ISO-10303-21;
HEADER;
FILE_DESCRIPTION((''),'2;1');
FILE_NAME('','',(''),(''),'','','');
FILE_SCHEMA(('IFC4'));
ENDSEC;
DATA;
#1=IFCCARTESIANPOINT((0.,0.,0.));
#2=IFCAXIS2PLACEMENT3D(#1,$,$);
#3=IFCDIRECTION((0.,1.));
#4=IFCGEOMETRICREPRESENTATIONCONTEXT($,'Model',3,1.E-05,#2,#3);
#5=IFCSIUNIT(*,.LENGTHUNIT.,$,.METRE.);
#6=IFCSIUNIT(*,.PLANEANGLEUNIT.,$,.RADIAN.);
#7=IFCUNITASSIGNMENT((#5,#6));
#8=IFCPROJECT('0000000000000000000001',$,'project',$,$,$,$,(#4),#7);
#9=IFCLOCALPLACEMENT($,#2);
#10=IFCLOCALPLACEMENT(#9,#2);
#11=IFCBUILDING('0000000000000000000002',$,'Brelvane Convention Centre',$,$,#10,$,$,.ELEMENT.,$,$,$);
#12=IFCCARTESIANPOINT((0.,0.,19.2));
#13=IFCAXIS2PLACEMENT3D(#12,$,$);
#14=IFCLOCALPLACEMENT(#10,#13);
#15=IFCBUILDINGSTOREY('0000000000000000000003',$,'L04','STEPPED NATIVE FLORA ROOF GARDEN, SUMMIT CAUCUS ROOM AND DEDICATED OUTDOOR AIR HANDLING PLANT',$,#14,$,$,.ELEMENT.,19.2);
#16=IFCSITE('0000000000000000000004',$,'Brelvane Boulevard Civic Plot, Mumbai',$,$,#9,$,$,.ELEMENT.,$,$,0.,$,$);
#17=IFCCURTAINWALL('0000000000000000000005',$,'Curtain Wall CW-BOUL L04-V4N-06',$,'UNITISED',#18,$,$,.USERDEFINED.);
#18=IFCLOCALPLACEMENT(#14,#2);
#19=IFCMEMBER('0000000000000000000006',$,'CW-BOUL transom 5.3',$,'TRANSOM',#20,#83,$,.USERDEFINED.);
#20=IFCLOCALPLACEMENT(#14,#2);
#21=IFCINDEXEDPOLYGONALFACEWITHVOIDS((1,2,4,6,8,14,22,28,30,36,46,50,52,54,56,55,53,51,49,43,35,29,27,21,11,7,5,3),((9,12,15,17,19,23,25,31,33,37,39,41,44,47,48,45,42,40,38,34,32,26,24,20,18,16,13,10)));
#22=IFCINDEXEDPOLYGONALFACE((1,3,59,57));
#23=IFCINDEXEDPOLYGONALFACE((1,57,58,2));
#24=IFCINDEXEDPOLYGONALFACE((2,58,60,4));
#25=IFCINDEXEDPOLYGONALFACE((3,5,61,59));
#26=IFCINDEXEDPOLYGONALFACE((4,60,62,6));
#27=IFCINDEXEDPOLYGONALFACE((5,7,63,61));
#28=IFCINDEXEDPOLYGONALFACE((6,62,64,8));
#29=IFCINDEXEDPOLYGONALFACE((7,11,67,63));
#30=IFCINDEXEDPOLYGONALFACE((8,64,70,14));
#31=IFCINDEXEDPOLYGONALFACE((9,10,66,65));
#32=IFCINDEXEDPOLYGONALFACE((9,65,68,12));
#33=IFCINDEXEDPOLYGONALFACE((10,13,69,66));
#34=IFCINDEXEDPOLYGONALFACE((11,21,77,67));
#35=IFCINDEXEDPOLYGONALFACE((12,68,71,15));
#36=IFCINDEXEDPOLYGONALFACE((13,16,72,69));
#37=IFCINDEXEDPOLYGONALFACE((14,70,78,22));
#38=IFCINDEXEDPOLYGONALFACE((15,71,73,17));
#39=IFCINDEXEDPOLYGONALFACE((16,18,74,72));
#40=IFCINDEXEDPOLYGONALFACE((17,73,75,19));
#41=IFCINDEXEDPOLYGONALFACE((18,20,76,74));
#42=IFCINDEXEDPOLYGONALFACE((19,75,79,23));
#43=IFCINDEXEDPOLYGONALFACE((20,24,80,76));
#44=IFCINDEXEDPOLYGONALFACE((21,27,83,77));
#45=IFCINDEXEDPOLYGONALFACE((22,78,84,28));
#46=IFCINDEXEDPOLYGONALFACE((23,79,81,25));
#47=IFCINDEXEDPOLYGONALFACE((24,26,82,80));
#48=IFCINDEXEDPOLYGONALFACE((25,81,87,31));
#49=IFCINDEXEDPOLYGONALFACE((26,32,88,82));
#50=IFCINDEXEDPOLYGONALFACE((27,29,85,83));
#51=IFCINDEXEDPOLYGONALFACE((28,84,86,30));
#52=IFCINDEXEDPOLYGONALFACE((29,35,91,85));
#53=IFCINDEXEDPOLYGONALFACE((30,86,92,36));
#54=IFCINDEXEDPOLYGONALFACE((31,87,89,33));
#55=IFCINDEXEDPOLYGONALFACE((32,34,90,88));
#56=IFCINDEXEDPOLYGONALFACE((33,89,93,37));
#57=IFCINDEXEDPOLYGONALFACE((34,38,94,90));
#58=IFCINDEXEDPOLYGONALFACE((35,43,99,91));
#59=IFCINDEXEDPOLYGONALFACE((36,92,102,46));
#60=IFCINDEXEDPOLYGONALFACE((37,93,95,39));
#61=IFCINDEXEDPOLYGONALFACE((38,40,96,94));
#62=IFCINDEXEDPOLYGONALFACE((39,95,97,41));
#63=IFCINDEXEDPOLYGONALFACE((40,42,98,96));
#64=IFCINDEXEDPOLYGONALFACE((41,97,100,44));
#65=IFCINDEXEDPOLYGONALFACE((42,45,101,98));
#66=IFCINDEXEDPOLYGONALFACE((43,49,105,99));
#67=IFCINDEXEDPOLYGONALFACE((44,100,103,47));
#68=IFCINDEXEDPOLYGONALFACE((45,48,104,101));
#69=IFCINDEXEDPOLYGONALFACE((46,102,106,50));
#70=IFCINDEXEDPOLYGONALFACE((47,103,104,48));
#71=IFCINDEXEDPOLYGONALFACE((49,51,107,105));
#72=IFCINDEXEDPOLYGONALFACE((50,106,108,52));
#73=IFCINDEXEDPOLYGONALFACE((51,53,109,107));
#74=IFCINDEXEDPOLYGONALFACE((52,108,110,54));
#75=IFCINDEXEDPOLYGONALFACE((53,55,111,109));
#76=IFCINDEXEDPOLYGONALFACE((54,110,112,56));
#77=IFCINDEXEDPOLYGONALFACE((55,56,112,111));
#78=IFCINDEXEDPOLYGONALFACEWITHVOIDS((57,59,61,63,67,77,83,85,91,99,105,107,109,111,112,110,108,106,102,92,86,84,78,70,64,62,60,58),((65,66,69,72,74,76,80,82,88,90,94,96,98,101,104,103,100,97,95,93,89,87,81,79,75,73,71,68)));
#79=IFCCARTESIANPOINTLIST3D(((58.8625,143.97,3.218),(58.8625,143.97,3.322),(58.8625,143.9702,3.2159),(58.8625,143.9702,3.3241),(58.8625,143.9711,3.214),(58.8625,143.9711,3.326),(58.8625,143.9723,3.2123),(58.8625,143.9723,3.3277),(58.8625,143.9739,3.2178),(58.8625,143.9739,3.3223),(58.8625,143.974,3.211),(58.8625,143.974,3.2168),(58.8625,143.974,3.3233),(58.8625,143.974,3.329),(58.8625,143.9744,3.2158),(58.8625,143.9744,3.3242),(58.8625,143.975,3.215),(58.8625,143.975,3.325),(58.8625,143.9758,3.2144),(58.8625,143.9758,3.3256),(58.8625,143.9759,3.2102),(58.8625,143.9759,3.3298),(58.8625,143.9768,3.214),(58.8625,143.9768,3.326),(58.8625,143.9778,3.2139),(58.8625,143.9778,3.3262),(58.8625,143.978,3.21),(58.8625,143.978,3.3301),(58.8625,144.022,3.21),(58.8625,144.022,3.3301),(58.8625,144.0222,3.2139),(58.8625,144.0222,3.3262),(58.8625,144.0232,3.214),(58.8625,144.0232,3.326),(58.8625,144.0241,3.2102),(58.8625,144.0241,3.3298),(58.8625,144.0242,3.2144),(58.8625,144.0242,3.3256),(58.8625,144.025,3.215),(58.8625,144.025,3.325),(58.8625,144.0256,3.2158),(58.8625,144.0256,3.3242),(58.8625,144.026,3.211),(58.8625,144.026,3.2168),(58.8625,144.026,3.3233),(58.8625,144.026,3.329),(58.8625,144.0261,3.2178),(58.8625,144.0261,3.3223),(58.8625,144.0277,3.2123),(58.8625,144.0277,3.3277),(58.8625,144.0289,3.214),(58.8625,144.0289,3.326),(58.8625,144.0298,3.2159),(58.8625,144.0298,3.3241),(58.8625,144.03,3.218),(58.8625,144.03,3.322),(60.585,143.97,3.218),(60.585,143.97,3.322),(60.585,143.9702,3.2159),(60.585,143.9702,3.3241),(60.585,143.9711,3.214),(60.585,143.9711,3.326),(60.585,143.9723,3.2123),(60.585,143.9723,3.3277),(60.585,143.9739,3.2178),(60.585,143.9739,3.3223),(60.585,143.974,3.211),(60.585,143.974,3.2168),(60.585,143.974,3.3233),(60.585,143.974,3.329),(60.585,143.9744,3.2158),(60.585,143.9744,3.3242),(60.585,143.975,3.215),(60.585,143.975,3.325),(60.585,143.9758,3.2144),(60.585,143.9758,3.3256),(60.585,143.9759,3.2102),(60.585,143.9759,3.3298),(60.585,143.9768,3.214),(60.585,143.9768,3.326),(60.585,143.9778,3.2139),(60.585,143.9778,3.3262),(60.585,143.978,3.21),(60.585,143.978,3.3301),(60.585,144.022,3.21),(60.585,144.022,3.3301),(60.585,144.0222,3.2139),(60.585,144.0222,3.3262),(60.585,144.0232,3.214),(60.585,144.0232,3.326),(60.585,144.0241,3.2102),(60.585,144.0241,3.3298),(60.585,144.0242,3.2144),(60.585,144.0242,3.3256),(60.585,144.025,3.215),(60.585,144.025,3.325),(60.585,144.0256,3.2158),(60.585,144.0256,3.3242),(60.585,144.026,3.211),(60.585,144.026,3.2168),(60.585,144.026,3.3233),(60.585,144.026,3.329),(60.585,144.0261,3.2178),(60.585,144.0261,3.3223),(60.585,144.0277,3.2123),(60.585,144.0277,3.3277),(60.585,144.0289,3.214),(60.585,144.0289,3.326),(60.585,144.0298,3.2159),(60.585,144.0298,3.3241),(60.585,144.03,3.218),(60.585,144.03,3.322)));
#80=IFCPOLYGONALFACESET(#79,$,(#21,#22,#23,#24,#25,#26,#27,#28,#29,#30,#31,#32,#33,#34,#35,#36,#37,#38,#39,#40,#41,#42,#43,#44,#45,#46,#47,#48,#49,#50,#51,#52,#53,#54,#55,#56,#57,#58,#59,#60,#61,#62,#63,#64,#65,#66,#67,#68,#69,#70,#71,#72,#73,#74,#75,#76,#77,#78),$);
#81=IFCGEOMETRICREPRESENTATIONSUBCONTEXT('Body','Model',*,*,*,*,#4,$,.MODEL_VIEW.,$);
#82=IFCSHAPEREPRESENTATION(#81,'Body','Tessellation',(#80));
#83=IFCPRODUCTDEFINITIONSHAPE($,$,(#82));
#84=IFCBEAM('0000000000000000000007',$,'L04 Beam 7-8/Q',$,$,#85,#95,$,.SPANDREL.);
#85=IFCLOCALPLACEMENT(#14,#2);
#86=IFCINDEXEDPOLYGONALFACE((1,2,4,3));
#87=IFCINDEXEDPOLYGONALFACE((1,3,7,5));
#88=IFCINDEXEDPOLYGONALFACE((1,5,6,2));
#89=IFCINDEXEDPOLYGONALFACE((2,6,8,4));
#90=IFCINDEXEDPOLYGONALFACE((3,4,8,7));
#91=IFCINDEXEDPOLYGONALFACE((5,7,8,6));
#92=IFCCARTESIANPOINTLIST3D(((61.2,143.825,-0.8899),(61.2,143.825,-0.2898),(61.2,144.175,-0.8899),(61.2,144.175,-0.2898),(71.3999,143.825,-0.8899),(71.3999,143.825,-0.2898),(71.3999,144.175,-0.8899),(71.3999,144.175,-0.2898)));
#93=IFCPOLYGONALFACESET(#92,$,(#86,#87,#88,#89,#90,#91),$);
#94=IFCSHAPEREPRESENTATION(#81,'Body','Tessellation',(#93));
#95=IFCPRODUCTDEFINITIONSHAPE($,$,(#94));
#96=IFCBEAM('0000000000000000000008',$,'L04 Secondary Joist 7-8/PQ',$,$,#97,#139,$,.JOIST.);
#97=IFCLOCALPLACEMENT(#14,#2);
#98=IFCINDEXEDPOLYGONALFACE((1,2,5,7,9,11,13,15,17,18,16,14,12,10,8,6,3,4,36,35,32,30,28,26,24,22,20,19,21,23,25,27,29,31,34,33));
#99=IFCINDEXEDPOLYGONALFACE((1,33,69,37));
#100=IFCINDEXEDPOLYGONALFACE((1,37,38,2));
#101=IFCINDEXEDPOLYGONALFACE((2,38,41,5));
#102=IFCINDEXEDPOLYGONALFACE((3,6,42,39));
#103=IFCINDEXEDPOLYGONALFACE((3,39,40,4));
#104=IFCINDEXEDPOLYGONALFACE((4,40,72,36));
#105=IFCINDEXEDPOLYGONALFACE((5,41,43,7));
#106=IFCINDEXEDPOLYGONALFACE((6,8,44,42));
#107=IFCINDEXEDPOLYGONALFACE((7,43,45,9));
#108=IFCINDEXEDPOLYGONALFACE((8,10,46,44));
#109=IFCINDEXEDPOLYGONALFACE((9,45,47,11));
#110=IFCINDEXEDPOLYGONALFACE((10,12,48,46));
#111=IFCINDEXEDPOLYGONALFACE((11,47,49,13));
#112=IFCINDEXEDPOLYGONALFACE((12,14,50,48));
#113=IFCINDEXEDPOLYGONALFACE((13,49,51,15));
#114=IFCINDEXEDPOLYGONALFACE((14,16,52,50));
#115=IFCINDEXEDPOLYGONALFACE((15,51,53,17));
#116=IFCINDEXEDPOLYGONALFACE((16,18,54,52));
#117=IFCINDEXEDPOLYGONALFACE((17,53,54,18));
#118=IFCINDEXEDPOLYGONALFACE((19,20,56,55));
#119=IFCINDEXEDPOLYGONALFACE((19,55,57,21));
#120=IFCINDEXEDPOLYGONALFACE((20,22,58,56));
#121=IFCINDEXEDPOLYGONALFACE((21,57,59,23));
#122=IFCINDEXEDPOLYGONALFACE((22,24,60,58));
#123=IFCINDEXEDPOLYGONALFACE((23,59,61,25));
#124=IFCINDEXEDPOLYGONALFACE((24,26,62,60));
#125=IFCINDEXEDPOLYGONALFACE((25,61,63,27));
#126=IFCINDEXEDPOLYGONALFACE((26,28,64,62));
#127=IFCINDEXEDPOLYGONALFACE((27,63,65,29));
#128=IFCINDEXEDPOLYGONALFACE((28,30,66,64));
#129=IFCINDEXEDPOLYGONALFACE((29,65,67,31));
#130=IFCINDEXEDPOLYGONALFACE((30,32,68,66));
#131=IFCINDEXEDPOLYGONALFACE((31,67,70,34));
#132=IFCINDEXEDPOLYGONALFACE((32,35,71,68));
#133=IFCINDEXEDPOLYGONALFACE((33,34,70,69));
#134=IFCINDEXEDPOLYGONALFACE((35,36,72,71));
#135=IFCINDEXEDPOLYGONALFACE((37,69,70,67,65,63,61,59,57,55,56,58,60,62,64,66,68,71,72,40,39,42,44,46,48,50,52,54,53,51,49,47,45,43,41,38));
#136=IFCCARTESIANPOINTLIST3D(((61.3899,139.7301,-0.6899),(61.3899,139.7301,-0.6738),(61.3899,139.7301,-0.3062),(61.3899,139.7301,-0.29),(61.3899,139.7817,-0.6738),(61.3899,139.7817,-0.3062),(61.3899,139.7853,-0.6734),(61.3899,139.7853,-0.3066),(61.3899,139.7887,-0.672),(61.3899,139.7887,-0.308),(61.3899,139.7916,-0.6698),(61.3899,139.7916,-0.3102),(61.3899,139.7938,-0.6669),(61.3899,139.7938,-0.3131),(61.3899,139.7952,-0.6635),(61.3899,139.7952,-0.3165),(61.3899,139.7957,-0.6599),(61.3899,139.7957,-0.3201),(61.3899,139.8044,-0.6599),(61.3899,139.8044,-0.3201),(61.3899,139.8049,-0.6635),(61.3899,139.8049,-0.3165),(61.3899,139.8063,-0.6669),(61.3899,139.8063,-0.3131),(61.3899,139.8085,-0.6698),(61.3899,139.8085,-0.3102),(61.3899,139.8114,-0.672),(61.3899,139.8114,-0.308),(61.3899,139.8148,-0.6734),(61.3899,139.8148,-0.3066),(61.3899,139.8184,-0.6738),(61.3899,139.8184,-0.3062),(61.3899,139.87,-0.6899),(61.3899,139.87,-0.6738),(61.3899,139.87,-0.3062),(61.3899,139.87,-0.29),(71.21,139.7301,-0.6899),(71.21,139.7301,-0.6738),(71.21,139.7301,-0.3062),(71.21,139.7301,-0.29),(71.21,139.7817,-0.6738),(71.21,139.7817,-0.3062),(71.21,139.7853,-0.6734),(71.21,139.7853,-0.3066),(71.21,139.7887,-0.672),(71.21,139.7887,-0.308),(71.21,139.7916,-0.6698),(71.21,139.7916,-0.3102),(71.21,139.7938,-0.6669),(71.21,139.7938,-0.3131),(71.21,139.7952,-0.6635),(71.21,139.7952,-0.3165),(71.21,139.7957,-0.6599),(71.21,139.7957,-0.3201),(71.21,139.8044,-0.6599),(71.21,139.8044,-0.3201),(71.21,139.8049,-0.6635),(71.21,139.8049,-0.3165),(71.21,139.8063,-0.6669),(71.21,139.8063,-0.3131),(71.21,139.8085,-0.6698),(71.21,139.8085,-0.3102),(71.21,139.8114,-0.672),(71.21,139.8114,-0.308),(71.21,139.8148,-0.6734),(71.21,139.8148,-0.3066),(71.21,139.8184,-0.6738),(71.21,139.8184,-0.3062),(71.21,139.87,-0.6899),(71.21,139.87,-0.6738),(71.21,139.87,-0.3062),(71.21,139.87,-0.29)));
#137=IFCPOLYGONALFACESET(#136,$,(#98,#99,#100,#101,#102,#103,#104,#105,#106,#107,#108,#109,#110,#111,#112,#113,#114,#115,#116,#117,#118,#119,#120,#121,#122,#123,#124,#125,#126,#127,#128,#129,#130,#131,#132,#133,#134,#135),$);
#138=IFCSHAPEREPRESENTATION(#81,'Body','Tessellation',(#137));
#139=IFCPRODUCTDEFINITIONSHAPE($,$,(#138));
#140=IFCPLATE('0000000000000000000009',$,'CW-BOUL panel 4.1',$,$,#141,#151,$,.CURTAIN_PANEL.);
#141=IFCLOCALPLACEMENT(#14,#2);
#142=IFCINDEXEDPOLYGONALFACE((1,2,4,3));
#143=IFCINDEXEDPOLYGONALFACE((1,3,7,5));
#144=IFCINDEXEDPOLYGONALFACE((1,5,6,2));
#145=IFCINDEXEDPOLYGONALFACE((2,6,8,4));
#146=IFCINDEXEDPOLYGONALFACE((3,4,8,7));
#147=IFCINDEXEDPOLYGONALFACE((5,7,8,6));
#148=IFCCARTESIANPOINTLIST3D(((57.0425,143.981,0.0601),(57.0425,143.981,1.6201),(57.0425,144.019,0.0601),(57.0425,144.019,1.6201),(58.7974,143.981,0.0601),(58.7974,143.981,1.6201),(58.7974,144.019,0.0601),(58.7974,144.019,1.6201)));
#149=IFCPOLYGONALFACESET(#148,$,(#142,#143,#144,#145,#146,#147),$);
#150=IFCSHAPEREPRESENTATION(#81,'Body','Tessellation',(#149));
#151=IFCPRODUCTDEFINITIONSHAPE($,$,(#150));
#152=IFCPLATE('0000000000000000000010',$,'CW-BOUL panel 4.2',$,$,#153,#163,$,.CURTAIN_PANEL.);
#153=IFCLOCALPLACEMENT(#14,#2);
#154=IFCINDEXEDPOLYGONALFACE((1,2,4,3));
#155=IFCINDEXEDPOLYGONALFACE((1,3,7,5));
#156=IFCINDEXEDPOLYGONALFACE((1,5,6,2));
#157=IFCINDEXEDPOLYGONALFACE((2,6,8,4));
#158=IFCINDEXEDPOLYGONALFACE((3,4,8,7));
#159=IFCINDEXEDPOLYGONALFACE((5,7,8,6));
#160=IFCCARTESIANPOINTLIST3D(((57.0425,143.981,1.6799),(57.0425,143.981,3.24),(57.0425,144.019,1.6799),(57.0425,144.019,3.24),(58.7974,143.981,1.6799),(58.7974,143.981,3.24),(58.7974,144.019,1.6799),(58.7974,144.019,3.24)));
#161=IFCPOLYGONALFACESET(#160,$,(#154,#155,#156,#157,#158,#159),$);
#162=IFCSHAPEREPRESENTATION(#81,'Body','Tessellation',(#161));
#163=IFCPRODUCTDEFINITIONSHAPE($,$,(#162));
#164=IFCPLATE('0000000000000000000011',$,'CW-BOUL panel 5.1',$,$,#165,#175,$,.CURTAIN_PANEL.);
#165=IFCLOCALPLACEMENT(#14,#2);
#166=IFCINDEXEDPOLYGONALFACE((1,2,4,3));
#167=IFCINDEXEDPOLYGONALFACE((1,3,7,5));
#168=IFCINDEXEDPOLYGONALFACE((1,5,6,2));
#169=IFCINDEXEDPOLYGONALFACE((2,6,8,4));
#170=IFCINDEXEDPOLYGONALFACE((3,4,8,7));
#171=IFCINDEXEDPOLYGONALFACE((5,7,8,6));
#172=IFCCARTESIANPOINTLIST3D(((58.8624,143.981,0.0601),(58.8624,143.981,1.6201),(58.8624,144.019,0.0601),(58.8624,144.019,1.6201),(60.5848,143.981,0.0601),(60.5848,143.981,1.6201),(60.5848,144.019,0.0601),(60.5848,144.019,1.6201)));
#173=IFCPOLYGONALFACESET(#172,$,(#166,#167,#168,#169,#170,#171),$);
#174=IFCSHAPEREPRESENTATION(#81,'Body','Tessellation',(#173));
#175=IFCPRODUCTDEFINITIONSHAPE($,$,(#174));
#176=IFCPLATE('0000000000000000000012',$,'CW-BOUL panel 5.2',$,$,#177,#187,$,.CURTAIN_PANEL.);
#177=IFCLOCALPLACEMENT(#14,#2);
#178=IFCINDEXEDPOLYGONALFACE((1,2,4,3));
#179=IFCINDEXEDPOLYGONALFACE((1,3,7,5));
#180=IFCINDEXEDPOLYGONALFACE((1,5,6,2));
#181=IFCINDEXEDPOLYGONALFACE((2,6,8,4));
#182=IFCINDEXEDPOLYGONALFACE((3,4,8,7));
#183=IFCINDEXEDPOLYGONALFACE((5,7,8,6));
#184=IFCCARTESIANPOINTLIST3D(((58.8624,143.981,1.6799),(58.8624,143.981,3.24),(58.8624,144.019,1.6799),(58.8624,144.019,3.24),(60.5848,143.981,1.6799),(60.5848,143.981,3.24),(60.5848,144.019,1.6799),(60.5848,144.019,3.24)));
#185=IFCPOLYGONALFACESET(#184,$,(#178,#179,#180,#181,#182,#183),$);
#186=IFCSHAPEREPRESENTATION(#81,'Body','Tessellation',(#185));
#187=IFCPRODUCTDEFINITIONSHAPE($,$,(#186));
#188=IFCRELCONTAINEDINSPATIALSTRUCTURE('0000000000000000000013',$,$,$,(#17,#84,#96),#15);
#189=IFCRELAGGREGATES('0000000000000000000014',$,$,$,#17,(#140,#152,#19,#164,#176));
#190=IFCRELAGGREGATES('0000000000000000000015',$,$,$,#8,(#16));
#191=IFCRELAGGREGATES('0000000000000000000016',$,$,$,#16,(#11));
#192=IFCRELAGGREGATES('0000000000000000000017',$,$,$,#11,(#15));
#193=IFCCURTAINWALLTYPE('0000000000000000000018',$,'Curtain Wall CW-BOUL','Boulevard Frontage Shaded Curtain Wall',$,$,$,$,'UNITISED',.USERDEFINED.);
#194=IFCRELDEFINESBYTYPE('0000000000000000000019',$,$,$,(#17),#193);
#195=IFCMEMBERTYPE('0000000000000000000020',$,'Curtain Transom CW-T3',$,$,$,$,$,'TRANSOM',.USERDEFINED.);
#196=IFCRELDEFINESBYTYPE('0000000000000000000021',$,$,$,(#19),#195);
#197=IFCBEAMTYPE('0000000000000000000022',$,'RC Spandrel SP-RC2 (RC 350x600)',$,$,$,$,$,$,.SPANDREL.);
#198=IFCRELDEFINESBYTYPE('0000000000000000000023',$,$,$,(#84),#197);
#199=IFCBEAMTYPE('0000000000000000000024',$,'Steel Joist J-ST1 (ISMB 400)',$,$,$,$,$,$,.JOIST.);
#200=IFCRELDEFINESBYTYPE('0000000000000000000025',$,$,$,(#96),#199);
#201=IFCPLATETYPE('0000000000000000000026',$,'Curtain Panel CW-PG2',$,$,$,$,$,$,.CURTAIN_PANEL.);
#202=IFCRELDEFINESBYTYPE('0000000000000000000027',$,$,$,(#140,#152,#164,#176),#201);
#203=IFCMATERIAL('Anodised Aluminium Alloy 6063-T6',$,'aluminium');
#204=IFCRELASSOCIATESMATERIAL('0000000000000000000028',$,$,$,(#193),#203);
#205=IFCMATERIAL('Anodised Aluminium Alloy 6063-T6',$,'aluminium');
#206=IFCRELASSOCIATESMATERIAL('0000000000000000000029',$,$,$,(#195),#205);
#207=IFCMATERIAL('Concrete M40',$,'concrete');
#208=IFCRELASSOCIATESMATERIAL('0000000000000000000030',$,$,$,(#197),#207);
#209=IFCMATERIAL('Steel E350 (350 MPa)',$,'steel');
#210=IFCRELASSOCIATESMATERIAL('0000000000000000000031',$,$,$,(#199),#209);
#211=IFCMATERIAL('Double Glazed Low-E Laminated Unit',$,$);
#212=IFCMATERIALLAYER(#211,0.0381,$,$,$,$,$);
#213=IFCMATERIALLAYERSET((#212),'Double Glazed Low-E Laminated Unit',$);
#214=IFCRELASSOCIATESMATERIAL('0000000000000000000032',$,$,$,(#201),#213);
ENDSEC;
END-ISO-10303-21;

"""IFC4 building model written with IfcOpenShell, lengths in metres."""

from ifc_helpers import new_model, si_unit, direction, frame, origin, origin_2d, place, context, subcontext, project, spatial, rectangle, hollow_rectangle, i_section, extrude, material, layer, layer_set, material_profile, profile_set, type_object, element, aggregate, save


model = new_model("IFC4")

# Units and contexts
model_context = context("Model", 3, precision=1e-05, world=origin(), true_north=direction((0.0, 1.0)))
body_context = subcontext(model_context, "Body", "Model", "MODEL_VIEW")
ifc_project = project(units=[si_unit("LENGTHUNIT", "METRE"), si_unit("PLANEANGLEUNIT", "RADIAN")], contexts=[model_context])

# Site, building, storey
site_placement = place(None, origin())
site = spatial("IfcSite", under=ifc_project, at=site_placement, Name="Brelvane Boulevard Civic Plot, Mumbai", CompositionType="ELEMENT", RefElevation=0.0)
building_placement = place(site_placement, origin())
building = spatial("IfcBuilding", under=site, at=building_placement, Name="Brelvane Convention Centre", CompositionType="ELEMENT")
storey_placement = place(building_placement, frame((0.0, 0.0, 19.2)))
storey = spatial("IfcBuildingStorey", under=building, at=storey_placement, Name="L04", Description="STEPPED NATIVE FLORA ROOF GARDEN, SUMMIT CAUCUS ROOM AND DEDICATED OUTDOOR AIR HANDLING PLANT", CompositionType="ELEMENT", Elevation=19.2)

# Curtain wall, member
ifc_material_1 = material(Name="Anodised Aluminium Alloy 6063-T6", Category="aluminium")
curtain_wall_type = type_object("IfcCurtainWallType", Name="Curtain Wall CW-BOUL", Description="Boulevard Frontage Shaded Curtain Wall", ElementType="UNITISED", PredefinedType="USERDEFINED", material=ifc_material_1)
curtain_wall_placement = place(storey_placement, origin())
curtain_wall = element("IfcCurtainWall", 1, at=curtain_wall_placement, inside=storey, type_object=curtain_wall_type, Name="Curtain Wall CW-BOUL L04-V4N-06", ObjectType="UNITISED", PredefinedType="USERDEFINED")
ifc_material_2 = material(Name="Anodised Aluminium Alloy 6063-T6", Category="aluminium")
ifc_material_profile_1 = material_profile(ifc_material_2, hollow_rectangle(XDim=0.0601, YDim=0.1201, WallThickness=0.0039, InnerFilletRadius=0.0039, OuterFilletRadius=0.0081, at=origin_2d()), Name="ALU-T 120x60x4.0")
ifc_profile_set_1 = profile_set([ifc_material_profile_1], Name="Anodised Aluminium Alloy 6063-T6")
member_type_1 = type_object("IfcMemberType", Name="Curtain Transom CW-T3", ElementType="TRANSOM", PredefinedType="USERDEFINED", material=ifc_profile_set_1)
member_1_placement = place(storey_placement, frame((58.8625, 144.0, 3.27), z_axis=(1.0, 0.0, 0.0), x_axis=(0.0, 1.0, 0.0)))
member_1 = element("IfcMember", 2, at=member_1_placement, type_object=member_type_1, Name="CW-BOUL transom 5.3", ObjectType="TRANSOM", PredefinedType="USERDEFINED", context=body_context, shape_type="SweptSolid", body=[
    extrude(hollow_rectangle(XDim=0.0601, YDim=0.1201, WallThickness=0.0039, InnerFilletRadius=0.0039, OuterFilletRadius=0.0081, at=origin_2d()), origin(), (0.0, 0.0, 1.0), 1.7224),
])

# Beams
ifc_material_3 = material(Name="Concrete M40", Category="concrete")
ifc_material_profile_2 = material_profile(ifc_material_3, rectangle(XDim=0.3501, YDim=0.6001, at=origin_2d()), Name="RC 350x600")
ifc_profile_set_2 = profile_set([ifc_material_profile_2], Name="Concrete M40")
beam_type_1 = type_object("IfcBeamType", Name="RC Spandrel SP-RC2 (RC 350x600)", PredefinedType="SPANDREL", material=ifc_profile_set_2)
beam_1_placement = place(storey_placement, frame((61.2, 144.0, -0.5898), z_axis=(1.0, 0.0, 0.0), x_axis=(0.0, 1.0, 0.0)))
element("IfcBeam", 3, at=beam_1_placement, inside=storey, type_object=beam_type_1, Name="L04 Beam 7-8/Q", PredefinedType="SPANDREL", context=body_context, shape_type="SweptSolid", body=[
    extrude(rectangle(XDim=0.3501, YDim=0.6001, at=origin_2d()), origin(), (0.0, 0.0, 1.0), 10.2),
])
ifc_material_4 = material(Name="Steel E350 (350 MPa)", Category="steel")
ifc_material_profile_3 = material_profile(ifc_material_4, i_section(OverallWidth=0.1399, OverallDepth=0.3999, WebThickness=0.0088, FlangeThickness=0.0161, FilletRadius=0.0139, at=origin_2d()), Name="ISMB 400")
ifc_profile_set_3 = profile_set([ifc_material_profile_3], Name="Steel E350 (350 MPa)")
beam_type_2 = type_object("IfcBeamType", Name="Steel Joist J-ST1 (ISMB 400)", PredefinedType="JOIST", material=ifc_profile_set_3)
beam_2_placement = place(storey_placement, frame((61.3899, 139.8, -0.49), z_axis=(1.0, 0.0, 0.0), x_axis=(0.0, 1.0, 0.0)))
element("IfcBeam", 4, at=beam_2_placement, inside=storey, type_object=beam_type_2, Name="L04 Secondary Joist 7-8/PQ", PredefinedType="JOIST", context=body_context, shape_type="SweptSolid", body=[
    extrude(i_section(OverallWidth=0.1399, OverallDepth=0.3999, WebThickness=0.0088, FlangeThickness=0.0161, FilletRadius=0.0139, at=origin_2d()), origin(), (0.0, 0.0, 1.0), 9.8201),
])

# Plates
ifc_material_5 = material(Name="Double Glazed Low-E Laminated Unit")
ifc_layer_1 = layer(ifc_material_5, 0.0381)
ifc_layer_set_1 = layer_set([ifc_layer_1], Name="Double Glazed Low-E Laminated Unit")
plate_type = type_object("IfcPlateType", Name="Curtain Panel CW-PG2", PredefinedType="CURTAIN_PANEL", material=ifc_layer_set_1)
plate_1_placement = place(storey_placement, frame((57.9199, 144.0, 0.0601), z_axis=(0.0, 0.0, 1.0), x_axis=(1.0, 0.0, 0.0)))
plate_1 = element("IfcPlate", 5, at=plate_1_placement, type_object=plate_type, Name="CW-BOUL panel 4.1", PredefinedType="CURTAIN_PANEL", context=body_context, shape_type="SweptSolid", body=[
    extrude(rectangle(XDim=1.7549, YDim=0.0381, at=origin_2d()), origin(), (0.0, 0.0, 1.0), 1.5601),
])
plate_2_placement = place(storey_placement, frame((57.9199, 144.0, 1.6799), z_axis=(0.0, 0.0, 1.0), x_axis=(1.0, 0.0, 0.0)))
plate_2 = element("IfcPlate", 6, at=plate_2_placement, type_object=plate_type, Name="CW-BOUL panel 4.2", PredefinedType="CURTAIN_PANEL", context=body_context, shape_type="SweptSolid", body=[
    extrude(rectangle(XDim=1.7549, YDim=0.0381, at=origin_2d()), origin(), (0.0, 0.0, 1.0), 1.5601),
])
plate_3_placement = place(storey_placement, frame((59.7236, 144.0, 0.0601), z_axis=(0.0, 0.0, 1.0), x_axis=(1.0, 0.0, 0.0)))
plate_3 = element("IfcPlate", 7, at=plate_3_placement, type_object=plate_type, Name="CW-BOUL panel 5.1", PredefinedType="CURTAIN_PANEL", context=body_context, shape_type="SweptSolid", body=[
    extrude(rectangle(XDim=1.7224, YDim=0.0381, at=origin_2d()), origin(), (0.0, 0.0, 1.0), 1.5601),
])
plate_4_placement = place(storey_placement, frame((59.7236, 144.0, 1.6799), z_axis=(0.0, 0.0, 1.0), x_axis=(1.0, 0.0, 0.0)))
plate_4 = element("IfcPlate", 8, at=plate_4_placement, type_object=plate_type, Name="CW-BOUL panel 5.2", PredefinedType="CURTAIN_PANEL", context=body_context, shape_type="SweptSolid", body=[
    extrude(rectangle(XDim=1.7224, YDim=0.0381, at=origin_2d()), origin(), (0.0, 0.0, 1.0), 1.5601),
])
aggregate(curtain_wall, [plate_1, plate_2, member_1, plate_3, plate_4])

save(model, "model.ifc")
